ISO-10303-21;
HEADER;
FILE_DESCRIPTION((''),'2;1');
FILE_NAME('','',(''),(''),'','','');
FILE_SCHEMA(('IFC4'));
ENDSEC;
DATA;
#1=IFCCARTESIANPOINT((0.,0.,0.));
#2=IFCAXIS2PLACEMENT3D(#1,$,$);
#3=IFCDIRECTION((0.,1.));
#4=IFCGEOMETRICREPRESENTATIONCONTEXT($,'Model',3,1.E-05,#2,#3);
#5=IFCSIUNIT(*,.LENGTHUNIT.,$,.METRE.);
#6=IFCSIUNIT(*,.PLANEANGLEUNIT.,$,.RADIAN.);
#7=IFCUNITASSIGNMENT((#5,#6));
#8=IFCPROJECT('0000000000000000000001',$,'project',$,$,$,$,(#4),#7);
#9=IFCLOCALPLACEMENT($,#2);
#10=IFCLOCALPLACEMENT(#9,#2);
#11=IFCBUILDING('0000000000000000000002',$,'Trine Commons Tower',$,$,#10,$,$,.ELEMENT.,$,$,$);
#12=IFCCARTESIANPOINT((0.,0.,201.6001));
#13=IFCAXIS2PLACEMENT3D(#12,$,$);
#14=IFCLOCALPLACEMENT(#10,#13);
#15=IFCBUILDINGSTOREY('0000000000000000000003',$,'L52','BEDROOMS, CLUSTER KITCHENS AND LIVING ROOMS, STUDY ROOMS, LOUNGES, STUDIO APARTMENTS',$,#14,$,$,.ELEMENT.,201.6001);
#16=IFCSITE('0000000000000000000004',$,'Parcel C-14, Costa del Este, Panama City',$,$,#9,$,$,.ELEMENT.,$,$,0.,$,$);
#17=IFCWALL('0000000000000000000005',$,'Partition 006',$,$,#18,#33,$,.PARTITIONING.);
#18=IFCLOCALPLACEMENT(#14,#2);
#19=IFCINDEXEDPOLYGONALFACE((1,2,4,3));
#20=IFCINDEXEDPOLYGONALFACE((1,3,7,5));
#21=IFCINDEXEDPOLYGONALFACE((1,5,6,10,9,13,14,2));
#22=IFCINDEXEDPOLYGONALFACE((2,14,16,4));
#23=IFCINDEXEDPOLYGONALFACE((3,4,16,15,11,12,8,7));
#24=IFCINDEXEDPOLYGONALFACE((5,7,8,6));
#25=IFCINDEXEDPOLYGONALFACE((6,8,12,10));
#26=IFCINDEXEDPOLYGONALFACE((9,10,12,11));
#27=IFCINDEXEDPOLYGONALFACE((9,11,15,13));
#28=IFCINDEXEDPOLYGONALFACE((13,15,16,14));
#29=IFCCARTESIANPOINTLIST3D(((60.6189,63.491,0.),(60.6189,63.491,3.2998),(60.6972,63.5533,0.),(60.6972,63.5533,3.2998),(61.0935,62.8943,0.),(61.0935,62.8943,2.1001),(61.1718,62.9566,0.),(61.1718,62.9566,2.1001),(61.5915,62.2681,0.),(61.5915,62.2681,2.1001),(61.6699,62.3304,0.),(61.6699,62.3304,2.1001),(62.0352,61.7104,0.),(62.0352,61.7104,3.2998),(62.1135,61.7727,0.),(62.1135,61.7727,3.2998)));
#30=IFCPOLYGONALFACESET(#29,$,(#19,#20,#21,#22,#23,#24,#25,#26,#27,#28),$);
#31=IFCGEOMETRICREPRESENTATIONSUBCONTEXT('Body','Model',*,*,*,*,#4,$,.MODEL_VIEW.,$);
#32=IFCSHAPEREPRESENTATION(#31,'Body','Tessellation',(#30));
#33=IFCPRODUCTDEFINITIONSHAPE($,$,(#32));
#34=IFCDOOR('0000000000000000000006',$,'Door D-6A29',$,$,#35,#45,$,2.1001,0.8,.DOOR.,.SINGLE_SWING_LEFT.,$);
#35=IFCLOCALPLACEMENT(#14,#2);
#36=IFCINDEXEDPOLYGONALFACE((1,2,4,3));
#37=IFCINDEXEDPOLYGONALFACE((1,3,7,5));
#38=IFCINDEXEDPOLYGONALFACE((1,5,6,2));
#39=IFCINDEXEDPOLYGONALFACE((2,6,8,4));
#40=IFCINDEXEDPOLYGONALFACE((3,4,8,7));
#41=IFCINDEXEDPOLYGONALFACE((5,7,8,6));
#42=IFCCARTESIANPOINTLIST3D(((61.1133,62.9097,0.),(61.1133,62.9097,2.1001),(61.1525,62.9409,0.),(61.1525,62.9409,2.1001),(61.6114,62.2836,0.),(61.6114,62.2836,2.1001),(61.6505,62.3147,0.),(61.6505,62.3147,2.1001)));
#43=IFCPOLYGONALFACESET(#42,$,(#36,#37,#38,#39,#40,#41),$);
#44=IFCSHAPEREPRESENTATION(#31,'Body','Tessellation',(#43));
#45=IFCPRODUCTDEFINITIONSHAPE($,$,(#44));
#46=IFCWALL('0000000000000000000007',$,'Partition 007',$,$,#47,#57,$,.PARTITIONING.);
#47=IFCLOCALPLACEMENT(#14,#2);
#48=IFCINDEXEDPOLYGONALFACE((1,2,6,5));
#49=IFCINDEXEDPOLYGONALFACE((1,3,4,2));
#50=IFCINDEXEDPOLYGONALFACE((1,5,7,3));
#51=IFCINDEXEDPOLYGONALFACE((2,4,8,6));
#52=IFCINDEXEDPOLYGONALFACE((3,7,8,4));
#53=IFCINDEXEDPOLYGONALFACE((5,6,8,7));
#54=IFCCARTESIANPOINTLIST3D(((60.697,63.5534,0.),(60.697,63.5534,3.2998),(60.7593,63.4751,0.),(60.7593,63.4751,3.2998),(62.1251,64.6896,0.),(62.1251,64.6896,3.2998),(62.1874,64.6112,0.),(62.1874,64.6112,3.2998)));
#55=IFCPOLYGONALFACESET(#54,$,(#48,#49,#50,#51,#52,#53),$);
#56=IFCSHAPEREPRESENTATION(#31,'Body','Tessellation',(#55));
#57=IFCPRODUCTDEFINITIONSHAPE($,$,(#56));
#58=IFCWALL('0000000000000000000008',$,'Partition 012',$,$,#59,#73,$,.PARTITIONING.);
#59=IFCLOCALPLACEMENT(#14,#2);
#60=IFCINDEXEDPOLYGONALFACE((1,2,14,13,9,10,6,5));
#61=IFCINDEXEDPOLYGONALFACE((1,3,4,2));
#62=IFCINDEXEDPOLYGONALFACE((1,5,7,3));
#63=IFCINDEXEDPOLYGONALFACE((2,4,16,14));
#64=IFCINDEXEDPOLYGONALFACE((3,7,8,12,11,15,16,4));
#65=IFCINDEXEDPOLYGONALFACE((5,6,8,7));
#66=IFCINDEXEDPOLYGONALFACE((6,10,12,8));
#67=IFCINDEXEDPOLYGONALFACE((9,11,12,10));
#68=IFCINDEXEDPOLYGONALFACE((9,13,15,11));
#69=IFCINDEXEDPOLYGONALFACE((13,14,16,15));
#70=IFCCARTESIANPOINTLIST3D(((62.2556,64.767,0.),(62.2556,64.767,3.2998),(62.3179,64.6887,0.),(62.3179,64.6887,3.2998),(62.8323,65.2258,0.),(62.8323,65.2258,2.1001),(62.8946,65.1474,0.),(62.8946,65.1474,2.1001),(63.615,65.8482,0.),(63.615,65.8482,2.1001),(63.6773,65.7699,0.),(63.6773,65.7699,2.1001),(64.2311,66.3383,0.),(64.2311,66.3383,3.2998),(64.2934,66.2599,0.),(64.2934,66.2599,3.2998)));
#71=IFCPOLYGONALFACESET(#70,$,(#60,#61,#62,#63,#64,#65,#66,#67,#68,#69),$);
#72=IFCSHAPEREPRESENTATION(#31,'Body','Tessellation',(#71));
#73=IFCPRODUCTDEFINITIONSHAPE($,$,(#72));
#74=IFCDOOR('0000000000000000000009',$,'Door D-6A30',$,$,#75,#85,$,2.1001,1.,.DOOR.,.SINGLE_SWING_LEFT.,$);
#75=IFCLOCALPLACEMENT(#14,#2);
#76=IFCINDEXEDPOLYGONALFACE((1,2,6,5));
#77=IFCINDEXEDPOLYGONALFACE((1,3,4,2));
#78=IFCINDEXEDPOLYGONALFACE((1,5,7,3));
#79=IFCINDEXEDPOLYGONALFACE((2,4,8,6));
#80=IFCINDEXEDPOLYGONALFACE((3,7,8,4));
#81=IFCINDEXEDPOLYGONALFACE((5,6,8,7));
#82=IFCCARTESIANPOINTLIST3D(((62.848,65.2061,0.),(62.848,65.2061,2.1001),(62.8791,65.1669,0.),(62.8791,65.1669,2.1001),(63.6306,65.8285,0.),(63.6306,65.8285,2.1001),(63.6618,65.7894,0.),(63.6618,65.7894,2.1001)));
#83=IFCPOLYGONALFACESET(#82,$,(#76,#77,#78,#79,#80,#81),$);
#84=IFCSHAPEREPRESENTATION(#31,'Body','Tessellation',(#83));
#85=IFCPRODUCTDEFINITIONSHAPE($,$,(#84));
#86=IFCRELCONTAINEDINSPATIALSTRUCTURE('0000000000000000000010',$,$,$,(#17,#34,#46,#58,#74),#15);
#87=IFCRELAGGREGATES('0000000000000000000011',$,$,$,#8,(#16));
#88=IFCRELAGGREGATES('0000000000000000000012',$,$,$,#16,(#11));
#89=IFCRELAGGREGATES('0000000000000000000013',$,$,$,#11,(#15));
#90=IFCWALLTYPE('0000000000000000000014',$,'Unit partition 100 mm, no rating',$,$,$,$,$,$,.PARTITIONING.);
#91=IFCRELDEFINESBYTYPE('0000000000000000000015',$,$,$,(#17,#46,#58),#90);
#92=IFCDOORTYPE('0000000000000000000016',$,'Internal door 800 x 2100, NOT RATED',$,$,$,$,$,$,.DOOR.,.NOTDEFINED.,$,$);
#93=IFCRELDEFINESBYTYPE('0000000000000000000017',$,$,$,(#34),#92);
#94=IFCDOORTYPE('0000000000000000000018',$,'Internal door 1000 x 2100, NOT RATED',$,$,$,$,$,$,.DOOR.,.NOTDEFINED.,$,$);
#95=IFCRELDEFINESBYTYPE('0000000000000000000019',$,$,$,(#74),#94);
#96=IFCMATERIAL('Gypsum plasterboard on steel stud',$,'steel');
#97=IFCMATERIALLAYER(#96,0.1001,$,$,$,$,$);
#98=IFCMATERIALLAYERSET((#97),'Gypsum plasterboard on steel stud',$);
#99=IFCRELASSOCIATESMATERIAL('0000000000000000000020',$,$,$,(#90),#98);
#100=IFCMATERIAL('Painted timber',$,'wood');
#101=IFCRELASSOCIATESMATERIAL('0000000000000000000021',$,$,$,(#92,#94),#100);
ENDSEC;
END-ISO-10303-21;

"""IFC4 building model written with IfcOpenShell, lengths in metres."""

from ifc_helpers import new_model, si_unit, direction, frame, frame_2d, origin, place, context, subcontext, project, spatial, rectangle, extrude, material, layer, layer_set, type_object, element, fill, save


model = new_model("IFC4")

# Units and contexts
model_context = context("Model", 3, precision=1e-05, world=origin(), true_north=direction((0.0, 1.0)))
body_context = subcontext(model_context, "Body", "Model", "MODEL_VIEW")
ifc_project = project(units=[si_unit("LENGTHUNIT", "METRE"), si_unit("PLANEANGLEUNIT", "RADIAN")], contexts=[model_context])

# Site, building, storey
site_placement = place(None, origin())
site = spatial("IfcSite", under=ifc_project, at=site_placement, Name="Parcel C-14, Costa del Este, Panama City", CompositionType="ELEMENT", RefElevation=0.0)
building_placement = place(site_placement, origin())
building = spatial("IfcBuilding", under=site, at=building_placement, Name="Trine Commons Tower", CompositionType="ELEMENT")
storey_placement = place(building_placement, frame((0.0, 0.0, 201.6001)))
storey = spatial("IfcBuildingStorey", under=building, at=storey_placement, Name="L52", Description="BEDROOMS, CLUSTER KITCHENS AND LIVING ROOMS, STUDY ROOMS, LOUNGES, STUDIO APARTMENTS", CompositionType="ELEMENT", Elevation=201.6001)

# Shared definitions
ifc_material_1 = material(Name="Gypsum plasterboard on steel stud", Category="steel")

# Wall, opening, door
ifc_layer_1 = layer(ifc_material_1, 0.1001)
ifc_layer_set_1 = layer_set([ifc_layer_1], Name="Gypsum plasterboard on steel stud")
wall_type_1 = type_object("IfcWallType", Name="Unit partition 100 mm, no rating", PredefinedType="PARTITIONING", material=ifc_layer_set_1)
wall_1_placement = place(storey_placement, frame((60.658, 63.5222, 0.0), z_axis=(0.0, 0.0, 1.0), x_axis=(0.622507, -0.782614, 0.0)))
wall_1 = element("IfcWall", 1, at=wall_1_placement, inside=storey, type_object=wall_type_1, Name="Partition 006", PredefinedType="PARTITIONING", context=body_context, shape_type="SweptSolid", body=[
    extrude(rectangle(XDim=2.2751, YDim=0.1001, at=frame_2d((1.1377, 0.0))), origin(), (0.0, 0.0, 1.0), 3.2998),
])
opening_1_placement = place(wall_1_placement, frame((0.7627, 0.0, 0.0)))
opening_1 = element("IfcOpeningElement", 2, at=opening_1_placement, cuts=wall_1, PredefinedType="OPENING", context=body_context, shape_type="SweptSolid", body=[
    extrude(rectangle(XDim=0.8, YDim=2.1001, at=frame_2d((0.3999, 1.05))), frame((0.0, 0.0601, 0.0), z_axis=(0.0, -1.0, 0.0), x_axis=(1.0, 0.0, 0.0)), (0.0, 0.0, 1.0), 0.1201),
])
ifc_material_2 = material(Name="Painted timber", Category="wood")
door_type_1 = type_object("IfcDoorType", Name="Internal door 800 x 2100, NOT RATED", OperationType="NOTDEFINED", PredefinedType="DOOR", material=ifc_material_2)
door_1_placement = place(opening_1_placement, frame((0.8, 0.0, 0.0), z_axis=(0.0, 0.0, 1.0), x_axis=(-1.0, 0.0, 0.0)))
door_1 = element("IfcDoor", 3, at=door_1_placement, inside=storey, type_object=door_type_1, Name="Door D-6A29", OperationType="SINGLE_SWING_LEFT", OverallHeight=2.1001, OverallWidth=0.8, PredefinedType="DOOR", context=body_context, shape_type="SweptSolid", body=[
    extrude(rectangle(XDim=0.8, YDim=2.1001, at=frame_2d((0.3999, 1.05))), frame((0.0, 0.0249, 0.0), z_axis=(0.0, -1.0, 0.0), x_axis=(1.0, 0.0, 0.0)), (0.0, 0.0, 1.0), 0.05),
])
fill(opening_1, door_1)

# Wall
wall_2_placement = place(storey_placement, frame((60.728, 63.5142, 0.0), z_axis=(0.0, 0.0, 1.0), x_axis=(0.782563, 0.622572, 0.0)))
element("IfcWall", 4, at=wall_2_placement, inside=storey, type_object=wall_type_1, Name="Partition 007", PredefinedType="PARTITIONING", context=body_context, shape_type="SweptSolid", body=[
    extrude(rectangle(XDim=1.825, YDim=0.1001, at=frame_2d((0.9126, 0.0))), origin(), (0.0, 0.0, 1.0), 3.2998),
])

# Wall, opening, door
wall_3_placement = place(storey_placement, frame((62.2866, 64.7278, 0.0), z_axis=(0.0, 0.0, 1.0), x_axis=(0.78264, 0.622475, 0.0)))
wall_3 = element("IfcWall", 5, at=wall_3_placement, inside=storey, type_object=wall_type_1, Name="Partition 012", PredefinedType="PARTITIONING", context=body_context, shape_type="SweptSolid", body=[
    extrude(rectangle(XDim=2.5242, YDim=0.1001, at=frame_2d((1.2622, 0.0))), origin(), (0.0, 0.0, 1.0), 3.2998),
])
opening_2_placement = place(wall_3_placement, frame((0.7371, 0.0, 0.0)))
opening_2 = element("IfcOpeningElement", 6, at=opening_2_placement, cuts=wall_3, PredefinedType="OPENING", context=body_context, shape_type="SweptSolid", body=[
    extrude(rectangle(XDim=1.0, YDim=2.1001, at=frame_2d((0.5, 1.05))), frame((0.0, 0.0601, 0.0), z_axis=(0.0, -1.0, 0.0), x_axis=(1.0, 0.0, 0.0)), (0.0, 0.0, 1.0), 0.1201),
])
door_type_2 = type_object("IfcDoorType", Name="Internal door 1000 x 2100, NOT RATED", OperationType="NOTDEFINED", PredefinedType="DOOR", material=ifc_material_2)
door_2_placement = place(opening_2_placement, origin())
door_2 = element("IfcDoor", 7, at=door_2_placement, inside=storey, type_object=door_type_2, Name="Door D-6A30", OperationType="SINGLE_SWING_LEFT", OverallHeight=2.1001, OverallWidth=1.0, PredefinedType="DOOR", context=body_context, shape_type="SweptSolid", body=[
    extrude(rectangle(XDim=1.0, YDim=2.1001, at=frame_2d((0.5, 1.05))), frame((0.0, 0.0249, 0.0), z_axis=(0.0, -1.0, 0.0), x_axis=(1.0, 0.0, 0.0)), (0.0, 0.0, 1.0), 0.05),
])
fill(opening_2, door_2)

save(model, "model.ifc")
